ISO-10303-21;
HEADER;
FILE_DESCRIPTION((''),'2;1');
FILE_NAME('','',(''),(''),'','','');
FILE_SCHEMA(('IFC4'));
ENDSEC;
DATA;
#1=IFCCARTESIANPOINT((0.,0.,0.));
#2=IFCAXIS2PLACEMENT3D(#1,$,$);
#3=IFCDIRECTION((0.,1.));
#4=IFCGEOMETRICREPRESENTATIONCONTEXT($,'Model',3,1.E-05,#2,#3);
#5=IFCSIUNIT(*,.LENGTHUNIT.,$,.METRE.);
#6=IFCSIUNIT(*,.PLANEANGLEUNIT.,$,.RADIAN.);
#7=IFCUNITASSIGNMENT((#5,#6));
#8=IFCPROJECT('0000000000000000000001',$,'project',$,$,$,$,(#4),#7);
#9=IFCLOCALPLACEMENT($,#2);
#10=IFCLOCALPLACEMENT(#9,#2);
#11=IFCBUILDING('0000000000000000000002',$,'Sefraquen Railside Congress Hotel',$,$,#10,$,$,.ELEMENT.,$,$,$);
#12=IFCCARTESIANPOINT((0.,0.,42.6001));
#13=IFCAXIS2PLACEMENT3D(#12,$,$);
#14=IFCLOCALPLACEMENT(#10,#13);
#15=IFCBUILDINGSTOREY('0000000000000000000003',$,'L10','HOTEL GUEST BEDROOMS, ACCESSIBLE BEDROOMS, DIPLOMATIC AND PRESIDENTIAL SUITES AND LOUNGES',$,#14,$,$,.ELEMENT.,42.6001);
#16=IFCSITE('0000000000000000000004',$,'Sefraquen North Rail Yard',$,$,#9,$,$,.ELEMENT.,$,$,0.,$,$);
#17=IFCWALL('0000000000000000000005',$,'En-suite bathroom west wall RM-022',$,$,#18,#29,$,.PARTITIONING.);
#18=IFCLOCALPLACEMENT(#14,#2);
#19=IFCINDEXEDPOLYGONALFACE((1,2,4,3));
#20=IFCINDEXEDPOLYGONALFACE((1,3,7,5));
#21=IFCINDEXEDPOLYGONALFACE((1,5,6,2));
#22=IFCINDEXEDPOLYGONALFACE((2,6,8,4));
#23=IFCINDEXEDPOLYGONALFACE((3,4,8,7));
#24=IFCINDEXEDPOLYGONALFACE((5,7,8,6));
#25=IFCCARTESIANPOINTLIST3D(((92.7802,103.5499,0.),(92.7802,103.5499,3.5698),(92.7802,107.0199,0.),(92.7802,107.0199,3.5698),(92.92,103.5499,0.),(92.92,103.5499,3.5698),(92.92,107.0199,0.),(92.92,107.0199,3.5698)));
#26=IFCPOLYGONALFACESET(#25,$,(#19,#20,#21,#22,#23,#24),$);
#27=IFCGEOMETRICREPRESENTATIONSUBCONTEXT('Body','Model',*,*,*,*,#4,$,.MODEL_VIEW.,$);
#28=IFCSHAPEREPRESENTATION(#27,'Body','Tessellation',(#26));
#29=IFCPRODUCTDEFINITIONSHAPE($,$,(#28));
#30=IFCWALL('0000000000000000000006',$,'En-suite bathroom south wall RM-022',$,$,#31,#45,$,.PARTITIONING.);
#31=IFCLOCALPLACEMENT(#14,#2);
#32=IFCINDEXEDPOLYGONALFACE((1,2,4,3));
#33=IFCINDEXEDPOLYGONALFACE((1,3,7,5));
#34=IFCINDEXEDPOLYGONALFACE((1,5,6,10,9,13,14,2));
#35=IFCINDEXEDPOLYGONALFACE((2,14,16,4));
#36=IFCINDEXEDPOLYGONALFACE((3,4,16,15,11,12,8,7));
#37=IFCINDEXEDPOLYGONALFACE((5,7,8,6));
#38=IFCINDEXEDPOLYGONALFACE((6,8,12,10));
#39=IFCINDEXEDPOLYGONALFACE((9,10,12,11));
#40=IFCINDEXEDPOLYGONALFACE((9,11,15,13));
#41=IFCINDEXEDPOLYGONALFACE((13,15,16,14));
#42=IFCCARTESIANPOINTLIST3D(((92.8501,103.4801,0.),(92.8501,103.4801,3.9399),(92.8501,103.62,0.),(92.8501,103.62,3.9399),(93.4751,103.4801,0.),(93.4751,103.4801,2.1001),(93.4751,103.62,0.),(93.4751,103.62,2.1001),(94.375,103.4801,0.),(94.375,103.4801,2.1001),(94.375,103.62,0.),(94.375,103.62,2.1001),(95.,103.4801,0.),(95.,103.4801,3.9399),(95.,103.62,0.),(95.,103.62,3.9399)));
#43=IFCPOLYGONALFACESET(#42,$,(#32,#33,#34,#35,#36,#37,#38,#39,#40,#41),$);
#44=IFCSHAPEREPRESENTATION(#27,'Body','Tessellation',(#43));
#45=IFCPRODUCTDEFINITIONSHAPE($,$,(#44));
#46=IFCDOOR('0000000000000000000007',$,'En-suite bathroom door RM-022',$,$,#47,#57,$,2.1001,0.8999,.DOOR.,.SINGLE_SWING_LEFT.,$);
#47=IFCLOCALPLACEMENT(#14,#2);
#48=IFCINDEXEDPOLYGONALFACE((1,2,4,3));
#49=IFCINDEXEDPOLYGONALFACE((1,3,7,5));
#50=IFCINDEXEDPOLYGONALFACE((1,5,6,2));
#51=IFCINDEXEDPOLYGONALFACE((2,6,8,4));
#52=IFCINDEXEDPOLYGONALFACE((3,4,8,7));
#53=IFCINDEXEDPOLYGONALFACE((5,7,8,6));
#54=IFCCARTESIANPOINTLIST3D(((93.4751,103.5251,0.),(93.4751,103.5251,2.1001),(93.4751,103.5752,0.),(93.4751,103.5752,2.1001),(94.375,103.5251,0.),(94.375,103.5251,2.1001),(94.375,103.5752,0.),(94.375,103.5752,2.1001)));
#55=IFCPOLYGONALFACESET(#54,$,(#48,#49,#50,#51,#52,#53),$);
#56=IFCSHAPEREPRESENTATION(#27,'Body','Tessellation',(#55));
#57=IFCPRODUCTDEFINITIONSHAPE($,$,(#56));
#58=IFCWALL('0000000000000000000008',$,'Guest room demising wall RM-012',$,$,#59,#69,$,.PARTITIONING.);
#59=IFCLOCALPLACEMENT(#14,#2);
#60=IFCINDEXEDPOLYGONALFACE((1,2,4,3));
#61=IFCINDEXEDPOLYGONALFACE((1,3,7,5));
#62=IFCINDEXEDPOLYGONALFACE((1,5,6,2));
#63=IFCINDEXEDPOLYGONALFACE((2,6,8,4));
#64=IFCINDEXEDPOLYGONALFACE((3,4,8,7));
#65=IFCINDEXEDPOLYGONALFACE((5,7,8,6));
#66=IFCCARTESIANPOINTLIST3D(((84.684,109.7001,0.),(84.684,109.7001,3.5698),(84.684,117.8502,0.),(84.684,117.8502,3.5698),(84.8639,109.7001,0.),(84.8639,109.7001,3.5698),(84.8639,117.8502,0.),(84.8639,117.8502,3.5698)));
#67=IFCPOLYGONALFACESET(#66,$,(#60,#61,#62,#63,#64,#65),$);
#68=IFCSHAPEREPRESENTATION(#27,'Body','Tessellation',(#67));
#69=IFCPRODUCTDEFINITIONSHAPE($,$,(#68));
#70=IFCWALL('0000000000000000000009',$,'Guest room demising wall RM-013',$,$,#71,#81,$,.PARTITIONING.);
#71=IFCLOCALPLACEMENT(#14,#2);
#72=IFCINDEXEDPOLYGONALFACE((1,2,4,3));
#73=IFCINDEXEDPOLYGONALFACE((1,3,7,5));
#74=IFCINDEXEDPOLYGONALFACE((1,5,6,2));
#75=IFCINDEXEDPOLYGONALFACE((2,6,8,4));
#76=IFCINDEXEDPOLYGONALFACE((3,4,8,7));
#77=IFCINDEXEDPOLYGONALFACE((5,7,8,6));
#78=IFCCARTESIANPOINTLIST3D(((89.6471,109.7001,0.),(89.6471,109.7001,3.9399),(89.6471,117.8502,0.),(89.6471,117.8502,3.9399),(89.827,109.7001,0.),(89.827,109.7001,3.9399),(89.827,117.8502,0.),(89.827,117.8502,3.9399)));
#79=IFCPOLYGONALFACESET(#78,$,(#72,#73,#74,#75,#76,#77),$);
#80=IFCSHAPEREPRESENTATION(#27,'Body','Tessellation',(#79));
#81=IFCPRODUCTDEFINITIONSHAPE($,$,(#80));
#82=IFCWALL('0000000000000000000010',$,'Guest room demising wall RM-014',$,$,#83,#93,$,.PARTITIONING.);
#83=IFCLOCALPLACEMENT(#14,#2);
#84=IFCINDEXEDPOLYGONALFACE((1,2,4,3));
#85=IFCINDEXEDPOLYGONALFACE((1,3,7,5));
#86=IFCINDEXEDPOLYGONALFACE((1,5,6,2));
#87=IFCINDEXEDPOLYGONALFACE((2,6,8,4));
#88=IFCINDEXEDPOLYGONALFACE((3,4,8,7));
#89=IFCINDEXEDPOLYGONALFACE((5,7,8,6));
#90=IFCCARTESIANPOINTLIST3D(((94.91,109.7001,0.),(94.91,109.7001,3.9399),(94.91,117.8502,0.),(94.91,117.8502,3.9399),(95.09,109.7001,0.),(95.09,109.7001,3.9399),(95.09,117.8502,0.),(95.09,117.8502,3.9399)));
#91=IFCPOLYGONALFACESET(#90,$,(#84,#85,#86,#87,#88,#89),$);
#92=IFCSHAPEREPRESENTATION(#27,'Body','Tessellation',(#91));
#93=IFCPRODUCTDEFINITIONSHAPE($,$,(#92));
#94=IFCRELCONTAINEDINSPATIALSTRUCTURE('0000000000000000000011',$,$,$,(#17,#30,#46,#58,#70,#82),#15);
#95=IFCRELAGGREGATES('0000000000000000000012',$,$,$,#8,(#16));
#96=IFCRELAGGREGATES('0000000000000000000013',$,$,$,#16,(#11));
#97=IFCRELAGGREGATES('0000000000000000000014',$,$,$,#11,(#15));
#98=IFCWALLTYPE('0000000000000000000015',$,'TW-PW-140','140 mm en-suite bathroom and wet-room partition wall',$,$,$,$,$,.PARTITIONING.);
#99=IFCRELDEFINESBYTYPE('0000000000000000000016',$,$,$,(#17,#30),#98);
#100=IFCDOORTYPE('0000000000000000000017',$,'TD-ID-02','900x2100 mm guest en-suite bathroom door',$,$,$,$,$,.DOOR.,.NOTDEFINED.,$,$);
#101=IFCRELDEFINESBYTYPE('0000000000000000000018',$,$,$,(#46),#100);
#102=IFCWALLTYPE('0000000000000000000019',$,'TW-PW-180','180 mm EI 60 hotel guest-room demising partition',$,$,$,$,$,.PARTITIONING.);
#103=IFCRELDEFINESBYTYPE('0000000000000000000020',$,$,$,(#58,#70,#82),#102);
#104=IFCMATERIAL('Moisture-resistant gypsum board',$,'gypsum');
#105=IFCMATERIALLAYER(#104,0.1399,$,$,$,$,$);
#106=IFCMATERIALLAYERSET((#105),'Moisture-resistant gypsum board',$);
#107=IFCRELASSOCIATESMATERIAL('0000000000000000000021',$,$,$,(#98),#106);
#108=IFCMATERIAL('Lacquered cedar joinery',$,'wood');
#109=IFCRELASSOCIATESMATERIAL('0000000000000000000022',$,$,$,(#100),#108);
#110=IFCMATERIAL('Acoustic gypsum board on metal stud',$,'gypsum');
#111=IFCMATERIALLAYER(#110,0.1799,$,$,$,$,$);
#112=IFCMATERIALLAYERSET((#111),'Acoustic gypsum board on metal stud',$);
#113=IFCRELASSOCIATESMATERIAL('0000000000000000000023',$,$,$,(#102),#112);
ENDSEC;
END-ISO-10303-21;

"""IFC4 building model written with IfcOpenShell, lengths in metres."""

from ifc_helpers import new_model, si_unit, direction, frame, frame_2d, origin, place, context, subcontext, project, spatial, rectangle, extrude, material, layer, layer_set, type_object, element, fill, save


model = new_model("IFC4")

# Units and contexts
model_context = context("Model", 3, precision=1e-05, world=origin(), true_north=direction((0.0, 1.0)))
body_context = subcontext(model_context, "Body", "Model", "MODEL_VIEW")
ifc_project = project(units=[si_unit("LENGTHUNIT", "METRE"), si_unit("PLANEANGLEUNIT", "RADIAN")], contexts=[model_context])

# Site, building, storey
site_placement = place(None, origin())
site = spatial("IfcSite", under=ifc_project, at=site_placement, Name="Sefraquen North Rail Yard", CompositionType="ELEMENT", RefElevation=0.0)
building_placement = place(site_placement, origin())
building = spatial("IfcBuilding", under=site, at=building_placement, Name="Sefraquen Railside Congress Hotel", CompositionType="ELEMENT")
storey_placement = place(building_placement, frame((0.0, 0.0, 42.6001)))
storey = spatial("IfcBuildingStorey", under=building, at=storey_placement, Name="L10", Description="HOTEL GUEST BEDROOMS, ACCESSIBLE BEDROOMS, DIPLOMATIC AND PRESIDENTIAL SUITES AND LOUNGES", CompositionType="ELEMENT", Elevation=42.6001)

# Shared definitions
ifc_material_1 = material(Name="Moisture-resistant gypsum board", Category="gypsum")
ifc_layer_1 = layer(ifc_material_1, 0.1399)
ifc_layer_set_1 = layer_set([ifc_layer_1], Name="Moisture-resistant gypsum board")
wall_type_1 = type_object("IfcWallType", Name="TW-PW-140", Description="140 mm en-suite bathroom and wet-room partition wall", PredefinedType="PARTITIONING", material=ifc_layer_set_1)

# Shared definitions
ifc_material_2 = material(Name="Lacquered cedar joinery", Category="wood")
door_type = type_object("IfcDoorType", Name="TD-ID-02", Description="900x2100 mm guest en-suite bathroom door", OperationType="NOTDEFINED", PredefinedType="DOOR", material=ifc_material_2)

# Wall
wall_1_placement = place(storey_placement, frame((92.8501, 103.55, 0.0), z_axis=(0.0, 0.0, 1.0), x_axis=(0.0, 1.0, 0.0)))
element("IfcWall", 1, at=wall_1_placement, inside=storey, type_object=wall_type_1, Name="En-suite bathroom west wall RM-022", PredefinedType="PARTITIONING", context=body_context, shape_type="SweptSolid", body=[
    extrude(rectangle(XDim=3.47, YDim=0.1399, at=frame_2d((1.7349, 0.0))), origin(), (0.0, 0.0, 1.0), 3.5698),
])

# Wall, opening, door
wall_2_placement = place(storey_placement, frame((92.8501, 103.55, 0.0), z_axis=(0.0, 0.0, 1.0), x_axis=(1.0, 0.0, 0.0)))
wall_2 = element("IfcWall", 2, at=wall_2_placement, inside=storey, type_object=wall_type_1, Name="En-suite bathroom south wall RM-022", PredefinedType="PARTITIONING", context=body_context, shape_type="SweptSolid", body=[
    extrude(rectangle(XDim=2.1499, YDim=0.1399, at=frame_2d((1.075, 0.0))), origin(), (0.0, 0.0, 1.0), 3.9399),
])
opening_1_placement = place(wall_2_placement, frame((0.625, 0.0, 0.0)))
opening_1 = element("IfcOpeningElement", 3, at=opening_1_placement, cuts=wall_2, PredefinedType="OPENING", context=body_context, shape_type="SweptSolid", body=[
    extrude(rectangle(XDim=0.8999, YDim=2.1001, at=frame_2d((0.45, 1.05))), frame((0.0, 0.0798, 0.0), z_axis=(0.0, -1.0, 0.0), x_axis=(1.0, 0.0, 0.0)), (0.0, 0.0, 1.0), 0.1599),
])
door_1_placement = place(opening_1_placement, frame((0.8999, 0.0, 0.0), z_axis=(0.0, 0.0, 1.0), x_axis=(-1.0, 0.0, 0.0)))
door_1 = element("IfcDoor", 4, at=door_1_placement, inside=storey, type_object=door_type, Name="En-suite bathroom door RM-022", OperationType="SINGLE_SWING_LEFT", OverallHeight=2.1001, OverallWidth=0.8999, PredefinedType="DOOR", context=body_context, shape_type="SweptSolid", body=[
    extrude(rectangle(XDim=0.8999, YDim=2.1001, at=frame_2d((0.45, 1.05))), frame((0.0, 0.0249, 0.0), z_axis=(0.0, -1.0, 0.0), x_axis=(1.0, 0.0, 0.0)), (0.0, 0.0, 1.0), 0.05),
])
fill(opening_1, door_1)

# Walls
ifc_material_3 = material(Name="Acoustic gypsum board on metal stud", Category="gypsum")
ifc_layer_2 = layer(ifc_material_3, 0.1799)
ifc_layer_set_2 = layer_set([ifc_layer_2], Name="Acoustic gypsum board on metal stud")
wall_type_2 = type_object("IfcWallType", Name="TW-PW-180", Description="180 mm EI 60 hotel guest-room demising partition", PredefinedType="PARTITIONING", material=ifc_layer_set_2)
wall_3_placement = place(storey_placement, frame((84.7739, 109.7, 0.0), z_axis=(0.0, 0.0, 1.0), x_axis=(0.0, 1.0, 0.0)))
element("IfcWall", 5, at=wall_3_placement, inside=storey, type_object=wall_type_2, Name="Guest room demising wall RM-012", PredefinedType="PARTITIONING", context=body_context, shape_type="SweptSolid", body=[
    extrude(rectangle(XDim=8.1501, YDim=0.1799, at=frame_2d((4.0752, 0.0))), origin(), (0.0, 0.0, 1.0), 3.5698),
])
for number, where, z_axis, x_axis, name in (
    (6, (89.7371, 109.7, 0.0), (0.0, 0.0, 1.0), (0.0, 1.0, 0.0), "Guest room demising wall RM-013"),
    (7, (95.0, 109.7, 0.0), (0.0, 0.0, 1.0), (0.0, 1.0, 0.0), "Guest room demising wall RM-014"),
):
    element("IfcWall", number, at=place(storey_placement, frame(where, z_axis=z_axis, x_axis=x_axis)), inside=storey, type_object=wall_type_2, Name=name, PredefinedType="PARTITIONING", context=body_context, shape_type="SweptSolid", body=[
        extrude(rectangle(XDim=8.1501, YDim=0.1799, at=frame_2d((4.0752, 0.0))), origin(), (0.0, 0.0, 1.0), 3.9399),
    ])

save(model, "model.ifc")
